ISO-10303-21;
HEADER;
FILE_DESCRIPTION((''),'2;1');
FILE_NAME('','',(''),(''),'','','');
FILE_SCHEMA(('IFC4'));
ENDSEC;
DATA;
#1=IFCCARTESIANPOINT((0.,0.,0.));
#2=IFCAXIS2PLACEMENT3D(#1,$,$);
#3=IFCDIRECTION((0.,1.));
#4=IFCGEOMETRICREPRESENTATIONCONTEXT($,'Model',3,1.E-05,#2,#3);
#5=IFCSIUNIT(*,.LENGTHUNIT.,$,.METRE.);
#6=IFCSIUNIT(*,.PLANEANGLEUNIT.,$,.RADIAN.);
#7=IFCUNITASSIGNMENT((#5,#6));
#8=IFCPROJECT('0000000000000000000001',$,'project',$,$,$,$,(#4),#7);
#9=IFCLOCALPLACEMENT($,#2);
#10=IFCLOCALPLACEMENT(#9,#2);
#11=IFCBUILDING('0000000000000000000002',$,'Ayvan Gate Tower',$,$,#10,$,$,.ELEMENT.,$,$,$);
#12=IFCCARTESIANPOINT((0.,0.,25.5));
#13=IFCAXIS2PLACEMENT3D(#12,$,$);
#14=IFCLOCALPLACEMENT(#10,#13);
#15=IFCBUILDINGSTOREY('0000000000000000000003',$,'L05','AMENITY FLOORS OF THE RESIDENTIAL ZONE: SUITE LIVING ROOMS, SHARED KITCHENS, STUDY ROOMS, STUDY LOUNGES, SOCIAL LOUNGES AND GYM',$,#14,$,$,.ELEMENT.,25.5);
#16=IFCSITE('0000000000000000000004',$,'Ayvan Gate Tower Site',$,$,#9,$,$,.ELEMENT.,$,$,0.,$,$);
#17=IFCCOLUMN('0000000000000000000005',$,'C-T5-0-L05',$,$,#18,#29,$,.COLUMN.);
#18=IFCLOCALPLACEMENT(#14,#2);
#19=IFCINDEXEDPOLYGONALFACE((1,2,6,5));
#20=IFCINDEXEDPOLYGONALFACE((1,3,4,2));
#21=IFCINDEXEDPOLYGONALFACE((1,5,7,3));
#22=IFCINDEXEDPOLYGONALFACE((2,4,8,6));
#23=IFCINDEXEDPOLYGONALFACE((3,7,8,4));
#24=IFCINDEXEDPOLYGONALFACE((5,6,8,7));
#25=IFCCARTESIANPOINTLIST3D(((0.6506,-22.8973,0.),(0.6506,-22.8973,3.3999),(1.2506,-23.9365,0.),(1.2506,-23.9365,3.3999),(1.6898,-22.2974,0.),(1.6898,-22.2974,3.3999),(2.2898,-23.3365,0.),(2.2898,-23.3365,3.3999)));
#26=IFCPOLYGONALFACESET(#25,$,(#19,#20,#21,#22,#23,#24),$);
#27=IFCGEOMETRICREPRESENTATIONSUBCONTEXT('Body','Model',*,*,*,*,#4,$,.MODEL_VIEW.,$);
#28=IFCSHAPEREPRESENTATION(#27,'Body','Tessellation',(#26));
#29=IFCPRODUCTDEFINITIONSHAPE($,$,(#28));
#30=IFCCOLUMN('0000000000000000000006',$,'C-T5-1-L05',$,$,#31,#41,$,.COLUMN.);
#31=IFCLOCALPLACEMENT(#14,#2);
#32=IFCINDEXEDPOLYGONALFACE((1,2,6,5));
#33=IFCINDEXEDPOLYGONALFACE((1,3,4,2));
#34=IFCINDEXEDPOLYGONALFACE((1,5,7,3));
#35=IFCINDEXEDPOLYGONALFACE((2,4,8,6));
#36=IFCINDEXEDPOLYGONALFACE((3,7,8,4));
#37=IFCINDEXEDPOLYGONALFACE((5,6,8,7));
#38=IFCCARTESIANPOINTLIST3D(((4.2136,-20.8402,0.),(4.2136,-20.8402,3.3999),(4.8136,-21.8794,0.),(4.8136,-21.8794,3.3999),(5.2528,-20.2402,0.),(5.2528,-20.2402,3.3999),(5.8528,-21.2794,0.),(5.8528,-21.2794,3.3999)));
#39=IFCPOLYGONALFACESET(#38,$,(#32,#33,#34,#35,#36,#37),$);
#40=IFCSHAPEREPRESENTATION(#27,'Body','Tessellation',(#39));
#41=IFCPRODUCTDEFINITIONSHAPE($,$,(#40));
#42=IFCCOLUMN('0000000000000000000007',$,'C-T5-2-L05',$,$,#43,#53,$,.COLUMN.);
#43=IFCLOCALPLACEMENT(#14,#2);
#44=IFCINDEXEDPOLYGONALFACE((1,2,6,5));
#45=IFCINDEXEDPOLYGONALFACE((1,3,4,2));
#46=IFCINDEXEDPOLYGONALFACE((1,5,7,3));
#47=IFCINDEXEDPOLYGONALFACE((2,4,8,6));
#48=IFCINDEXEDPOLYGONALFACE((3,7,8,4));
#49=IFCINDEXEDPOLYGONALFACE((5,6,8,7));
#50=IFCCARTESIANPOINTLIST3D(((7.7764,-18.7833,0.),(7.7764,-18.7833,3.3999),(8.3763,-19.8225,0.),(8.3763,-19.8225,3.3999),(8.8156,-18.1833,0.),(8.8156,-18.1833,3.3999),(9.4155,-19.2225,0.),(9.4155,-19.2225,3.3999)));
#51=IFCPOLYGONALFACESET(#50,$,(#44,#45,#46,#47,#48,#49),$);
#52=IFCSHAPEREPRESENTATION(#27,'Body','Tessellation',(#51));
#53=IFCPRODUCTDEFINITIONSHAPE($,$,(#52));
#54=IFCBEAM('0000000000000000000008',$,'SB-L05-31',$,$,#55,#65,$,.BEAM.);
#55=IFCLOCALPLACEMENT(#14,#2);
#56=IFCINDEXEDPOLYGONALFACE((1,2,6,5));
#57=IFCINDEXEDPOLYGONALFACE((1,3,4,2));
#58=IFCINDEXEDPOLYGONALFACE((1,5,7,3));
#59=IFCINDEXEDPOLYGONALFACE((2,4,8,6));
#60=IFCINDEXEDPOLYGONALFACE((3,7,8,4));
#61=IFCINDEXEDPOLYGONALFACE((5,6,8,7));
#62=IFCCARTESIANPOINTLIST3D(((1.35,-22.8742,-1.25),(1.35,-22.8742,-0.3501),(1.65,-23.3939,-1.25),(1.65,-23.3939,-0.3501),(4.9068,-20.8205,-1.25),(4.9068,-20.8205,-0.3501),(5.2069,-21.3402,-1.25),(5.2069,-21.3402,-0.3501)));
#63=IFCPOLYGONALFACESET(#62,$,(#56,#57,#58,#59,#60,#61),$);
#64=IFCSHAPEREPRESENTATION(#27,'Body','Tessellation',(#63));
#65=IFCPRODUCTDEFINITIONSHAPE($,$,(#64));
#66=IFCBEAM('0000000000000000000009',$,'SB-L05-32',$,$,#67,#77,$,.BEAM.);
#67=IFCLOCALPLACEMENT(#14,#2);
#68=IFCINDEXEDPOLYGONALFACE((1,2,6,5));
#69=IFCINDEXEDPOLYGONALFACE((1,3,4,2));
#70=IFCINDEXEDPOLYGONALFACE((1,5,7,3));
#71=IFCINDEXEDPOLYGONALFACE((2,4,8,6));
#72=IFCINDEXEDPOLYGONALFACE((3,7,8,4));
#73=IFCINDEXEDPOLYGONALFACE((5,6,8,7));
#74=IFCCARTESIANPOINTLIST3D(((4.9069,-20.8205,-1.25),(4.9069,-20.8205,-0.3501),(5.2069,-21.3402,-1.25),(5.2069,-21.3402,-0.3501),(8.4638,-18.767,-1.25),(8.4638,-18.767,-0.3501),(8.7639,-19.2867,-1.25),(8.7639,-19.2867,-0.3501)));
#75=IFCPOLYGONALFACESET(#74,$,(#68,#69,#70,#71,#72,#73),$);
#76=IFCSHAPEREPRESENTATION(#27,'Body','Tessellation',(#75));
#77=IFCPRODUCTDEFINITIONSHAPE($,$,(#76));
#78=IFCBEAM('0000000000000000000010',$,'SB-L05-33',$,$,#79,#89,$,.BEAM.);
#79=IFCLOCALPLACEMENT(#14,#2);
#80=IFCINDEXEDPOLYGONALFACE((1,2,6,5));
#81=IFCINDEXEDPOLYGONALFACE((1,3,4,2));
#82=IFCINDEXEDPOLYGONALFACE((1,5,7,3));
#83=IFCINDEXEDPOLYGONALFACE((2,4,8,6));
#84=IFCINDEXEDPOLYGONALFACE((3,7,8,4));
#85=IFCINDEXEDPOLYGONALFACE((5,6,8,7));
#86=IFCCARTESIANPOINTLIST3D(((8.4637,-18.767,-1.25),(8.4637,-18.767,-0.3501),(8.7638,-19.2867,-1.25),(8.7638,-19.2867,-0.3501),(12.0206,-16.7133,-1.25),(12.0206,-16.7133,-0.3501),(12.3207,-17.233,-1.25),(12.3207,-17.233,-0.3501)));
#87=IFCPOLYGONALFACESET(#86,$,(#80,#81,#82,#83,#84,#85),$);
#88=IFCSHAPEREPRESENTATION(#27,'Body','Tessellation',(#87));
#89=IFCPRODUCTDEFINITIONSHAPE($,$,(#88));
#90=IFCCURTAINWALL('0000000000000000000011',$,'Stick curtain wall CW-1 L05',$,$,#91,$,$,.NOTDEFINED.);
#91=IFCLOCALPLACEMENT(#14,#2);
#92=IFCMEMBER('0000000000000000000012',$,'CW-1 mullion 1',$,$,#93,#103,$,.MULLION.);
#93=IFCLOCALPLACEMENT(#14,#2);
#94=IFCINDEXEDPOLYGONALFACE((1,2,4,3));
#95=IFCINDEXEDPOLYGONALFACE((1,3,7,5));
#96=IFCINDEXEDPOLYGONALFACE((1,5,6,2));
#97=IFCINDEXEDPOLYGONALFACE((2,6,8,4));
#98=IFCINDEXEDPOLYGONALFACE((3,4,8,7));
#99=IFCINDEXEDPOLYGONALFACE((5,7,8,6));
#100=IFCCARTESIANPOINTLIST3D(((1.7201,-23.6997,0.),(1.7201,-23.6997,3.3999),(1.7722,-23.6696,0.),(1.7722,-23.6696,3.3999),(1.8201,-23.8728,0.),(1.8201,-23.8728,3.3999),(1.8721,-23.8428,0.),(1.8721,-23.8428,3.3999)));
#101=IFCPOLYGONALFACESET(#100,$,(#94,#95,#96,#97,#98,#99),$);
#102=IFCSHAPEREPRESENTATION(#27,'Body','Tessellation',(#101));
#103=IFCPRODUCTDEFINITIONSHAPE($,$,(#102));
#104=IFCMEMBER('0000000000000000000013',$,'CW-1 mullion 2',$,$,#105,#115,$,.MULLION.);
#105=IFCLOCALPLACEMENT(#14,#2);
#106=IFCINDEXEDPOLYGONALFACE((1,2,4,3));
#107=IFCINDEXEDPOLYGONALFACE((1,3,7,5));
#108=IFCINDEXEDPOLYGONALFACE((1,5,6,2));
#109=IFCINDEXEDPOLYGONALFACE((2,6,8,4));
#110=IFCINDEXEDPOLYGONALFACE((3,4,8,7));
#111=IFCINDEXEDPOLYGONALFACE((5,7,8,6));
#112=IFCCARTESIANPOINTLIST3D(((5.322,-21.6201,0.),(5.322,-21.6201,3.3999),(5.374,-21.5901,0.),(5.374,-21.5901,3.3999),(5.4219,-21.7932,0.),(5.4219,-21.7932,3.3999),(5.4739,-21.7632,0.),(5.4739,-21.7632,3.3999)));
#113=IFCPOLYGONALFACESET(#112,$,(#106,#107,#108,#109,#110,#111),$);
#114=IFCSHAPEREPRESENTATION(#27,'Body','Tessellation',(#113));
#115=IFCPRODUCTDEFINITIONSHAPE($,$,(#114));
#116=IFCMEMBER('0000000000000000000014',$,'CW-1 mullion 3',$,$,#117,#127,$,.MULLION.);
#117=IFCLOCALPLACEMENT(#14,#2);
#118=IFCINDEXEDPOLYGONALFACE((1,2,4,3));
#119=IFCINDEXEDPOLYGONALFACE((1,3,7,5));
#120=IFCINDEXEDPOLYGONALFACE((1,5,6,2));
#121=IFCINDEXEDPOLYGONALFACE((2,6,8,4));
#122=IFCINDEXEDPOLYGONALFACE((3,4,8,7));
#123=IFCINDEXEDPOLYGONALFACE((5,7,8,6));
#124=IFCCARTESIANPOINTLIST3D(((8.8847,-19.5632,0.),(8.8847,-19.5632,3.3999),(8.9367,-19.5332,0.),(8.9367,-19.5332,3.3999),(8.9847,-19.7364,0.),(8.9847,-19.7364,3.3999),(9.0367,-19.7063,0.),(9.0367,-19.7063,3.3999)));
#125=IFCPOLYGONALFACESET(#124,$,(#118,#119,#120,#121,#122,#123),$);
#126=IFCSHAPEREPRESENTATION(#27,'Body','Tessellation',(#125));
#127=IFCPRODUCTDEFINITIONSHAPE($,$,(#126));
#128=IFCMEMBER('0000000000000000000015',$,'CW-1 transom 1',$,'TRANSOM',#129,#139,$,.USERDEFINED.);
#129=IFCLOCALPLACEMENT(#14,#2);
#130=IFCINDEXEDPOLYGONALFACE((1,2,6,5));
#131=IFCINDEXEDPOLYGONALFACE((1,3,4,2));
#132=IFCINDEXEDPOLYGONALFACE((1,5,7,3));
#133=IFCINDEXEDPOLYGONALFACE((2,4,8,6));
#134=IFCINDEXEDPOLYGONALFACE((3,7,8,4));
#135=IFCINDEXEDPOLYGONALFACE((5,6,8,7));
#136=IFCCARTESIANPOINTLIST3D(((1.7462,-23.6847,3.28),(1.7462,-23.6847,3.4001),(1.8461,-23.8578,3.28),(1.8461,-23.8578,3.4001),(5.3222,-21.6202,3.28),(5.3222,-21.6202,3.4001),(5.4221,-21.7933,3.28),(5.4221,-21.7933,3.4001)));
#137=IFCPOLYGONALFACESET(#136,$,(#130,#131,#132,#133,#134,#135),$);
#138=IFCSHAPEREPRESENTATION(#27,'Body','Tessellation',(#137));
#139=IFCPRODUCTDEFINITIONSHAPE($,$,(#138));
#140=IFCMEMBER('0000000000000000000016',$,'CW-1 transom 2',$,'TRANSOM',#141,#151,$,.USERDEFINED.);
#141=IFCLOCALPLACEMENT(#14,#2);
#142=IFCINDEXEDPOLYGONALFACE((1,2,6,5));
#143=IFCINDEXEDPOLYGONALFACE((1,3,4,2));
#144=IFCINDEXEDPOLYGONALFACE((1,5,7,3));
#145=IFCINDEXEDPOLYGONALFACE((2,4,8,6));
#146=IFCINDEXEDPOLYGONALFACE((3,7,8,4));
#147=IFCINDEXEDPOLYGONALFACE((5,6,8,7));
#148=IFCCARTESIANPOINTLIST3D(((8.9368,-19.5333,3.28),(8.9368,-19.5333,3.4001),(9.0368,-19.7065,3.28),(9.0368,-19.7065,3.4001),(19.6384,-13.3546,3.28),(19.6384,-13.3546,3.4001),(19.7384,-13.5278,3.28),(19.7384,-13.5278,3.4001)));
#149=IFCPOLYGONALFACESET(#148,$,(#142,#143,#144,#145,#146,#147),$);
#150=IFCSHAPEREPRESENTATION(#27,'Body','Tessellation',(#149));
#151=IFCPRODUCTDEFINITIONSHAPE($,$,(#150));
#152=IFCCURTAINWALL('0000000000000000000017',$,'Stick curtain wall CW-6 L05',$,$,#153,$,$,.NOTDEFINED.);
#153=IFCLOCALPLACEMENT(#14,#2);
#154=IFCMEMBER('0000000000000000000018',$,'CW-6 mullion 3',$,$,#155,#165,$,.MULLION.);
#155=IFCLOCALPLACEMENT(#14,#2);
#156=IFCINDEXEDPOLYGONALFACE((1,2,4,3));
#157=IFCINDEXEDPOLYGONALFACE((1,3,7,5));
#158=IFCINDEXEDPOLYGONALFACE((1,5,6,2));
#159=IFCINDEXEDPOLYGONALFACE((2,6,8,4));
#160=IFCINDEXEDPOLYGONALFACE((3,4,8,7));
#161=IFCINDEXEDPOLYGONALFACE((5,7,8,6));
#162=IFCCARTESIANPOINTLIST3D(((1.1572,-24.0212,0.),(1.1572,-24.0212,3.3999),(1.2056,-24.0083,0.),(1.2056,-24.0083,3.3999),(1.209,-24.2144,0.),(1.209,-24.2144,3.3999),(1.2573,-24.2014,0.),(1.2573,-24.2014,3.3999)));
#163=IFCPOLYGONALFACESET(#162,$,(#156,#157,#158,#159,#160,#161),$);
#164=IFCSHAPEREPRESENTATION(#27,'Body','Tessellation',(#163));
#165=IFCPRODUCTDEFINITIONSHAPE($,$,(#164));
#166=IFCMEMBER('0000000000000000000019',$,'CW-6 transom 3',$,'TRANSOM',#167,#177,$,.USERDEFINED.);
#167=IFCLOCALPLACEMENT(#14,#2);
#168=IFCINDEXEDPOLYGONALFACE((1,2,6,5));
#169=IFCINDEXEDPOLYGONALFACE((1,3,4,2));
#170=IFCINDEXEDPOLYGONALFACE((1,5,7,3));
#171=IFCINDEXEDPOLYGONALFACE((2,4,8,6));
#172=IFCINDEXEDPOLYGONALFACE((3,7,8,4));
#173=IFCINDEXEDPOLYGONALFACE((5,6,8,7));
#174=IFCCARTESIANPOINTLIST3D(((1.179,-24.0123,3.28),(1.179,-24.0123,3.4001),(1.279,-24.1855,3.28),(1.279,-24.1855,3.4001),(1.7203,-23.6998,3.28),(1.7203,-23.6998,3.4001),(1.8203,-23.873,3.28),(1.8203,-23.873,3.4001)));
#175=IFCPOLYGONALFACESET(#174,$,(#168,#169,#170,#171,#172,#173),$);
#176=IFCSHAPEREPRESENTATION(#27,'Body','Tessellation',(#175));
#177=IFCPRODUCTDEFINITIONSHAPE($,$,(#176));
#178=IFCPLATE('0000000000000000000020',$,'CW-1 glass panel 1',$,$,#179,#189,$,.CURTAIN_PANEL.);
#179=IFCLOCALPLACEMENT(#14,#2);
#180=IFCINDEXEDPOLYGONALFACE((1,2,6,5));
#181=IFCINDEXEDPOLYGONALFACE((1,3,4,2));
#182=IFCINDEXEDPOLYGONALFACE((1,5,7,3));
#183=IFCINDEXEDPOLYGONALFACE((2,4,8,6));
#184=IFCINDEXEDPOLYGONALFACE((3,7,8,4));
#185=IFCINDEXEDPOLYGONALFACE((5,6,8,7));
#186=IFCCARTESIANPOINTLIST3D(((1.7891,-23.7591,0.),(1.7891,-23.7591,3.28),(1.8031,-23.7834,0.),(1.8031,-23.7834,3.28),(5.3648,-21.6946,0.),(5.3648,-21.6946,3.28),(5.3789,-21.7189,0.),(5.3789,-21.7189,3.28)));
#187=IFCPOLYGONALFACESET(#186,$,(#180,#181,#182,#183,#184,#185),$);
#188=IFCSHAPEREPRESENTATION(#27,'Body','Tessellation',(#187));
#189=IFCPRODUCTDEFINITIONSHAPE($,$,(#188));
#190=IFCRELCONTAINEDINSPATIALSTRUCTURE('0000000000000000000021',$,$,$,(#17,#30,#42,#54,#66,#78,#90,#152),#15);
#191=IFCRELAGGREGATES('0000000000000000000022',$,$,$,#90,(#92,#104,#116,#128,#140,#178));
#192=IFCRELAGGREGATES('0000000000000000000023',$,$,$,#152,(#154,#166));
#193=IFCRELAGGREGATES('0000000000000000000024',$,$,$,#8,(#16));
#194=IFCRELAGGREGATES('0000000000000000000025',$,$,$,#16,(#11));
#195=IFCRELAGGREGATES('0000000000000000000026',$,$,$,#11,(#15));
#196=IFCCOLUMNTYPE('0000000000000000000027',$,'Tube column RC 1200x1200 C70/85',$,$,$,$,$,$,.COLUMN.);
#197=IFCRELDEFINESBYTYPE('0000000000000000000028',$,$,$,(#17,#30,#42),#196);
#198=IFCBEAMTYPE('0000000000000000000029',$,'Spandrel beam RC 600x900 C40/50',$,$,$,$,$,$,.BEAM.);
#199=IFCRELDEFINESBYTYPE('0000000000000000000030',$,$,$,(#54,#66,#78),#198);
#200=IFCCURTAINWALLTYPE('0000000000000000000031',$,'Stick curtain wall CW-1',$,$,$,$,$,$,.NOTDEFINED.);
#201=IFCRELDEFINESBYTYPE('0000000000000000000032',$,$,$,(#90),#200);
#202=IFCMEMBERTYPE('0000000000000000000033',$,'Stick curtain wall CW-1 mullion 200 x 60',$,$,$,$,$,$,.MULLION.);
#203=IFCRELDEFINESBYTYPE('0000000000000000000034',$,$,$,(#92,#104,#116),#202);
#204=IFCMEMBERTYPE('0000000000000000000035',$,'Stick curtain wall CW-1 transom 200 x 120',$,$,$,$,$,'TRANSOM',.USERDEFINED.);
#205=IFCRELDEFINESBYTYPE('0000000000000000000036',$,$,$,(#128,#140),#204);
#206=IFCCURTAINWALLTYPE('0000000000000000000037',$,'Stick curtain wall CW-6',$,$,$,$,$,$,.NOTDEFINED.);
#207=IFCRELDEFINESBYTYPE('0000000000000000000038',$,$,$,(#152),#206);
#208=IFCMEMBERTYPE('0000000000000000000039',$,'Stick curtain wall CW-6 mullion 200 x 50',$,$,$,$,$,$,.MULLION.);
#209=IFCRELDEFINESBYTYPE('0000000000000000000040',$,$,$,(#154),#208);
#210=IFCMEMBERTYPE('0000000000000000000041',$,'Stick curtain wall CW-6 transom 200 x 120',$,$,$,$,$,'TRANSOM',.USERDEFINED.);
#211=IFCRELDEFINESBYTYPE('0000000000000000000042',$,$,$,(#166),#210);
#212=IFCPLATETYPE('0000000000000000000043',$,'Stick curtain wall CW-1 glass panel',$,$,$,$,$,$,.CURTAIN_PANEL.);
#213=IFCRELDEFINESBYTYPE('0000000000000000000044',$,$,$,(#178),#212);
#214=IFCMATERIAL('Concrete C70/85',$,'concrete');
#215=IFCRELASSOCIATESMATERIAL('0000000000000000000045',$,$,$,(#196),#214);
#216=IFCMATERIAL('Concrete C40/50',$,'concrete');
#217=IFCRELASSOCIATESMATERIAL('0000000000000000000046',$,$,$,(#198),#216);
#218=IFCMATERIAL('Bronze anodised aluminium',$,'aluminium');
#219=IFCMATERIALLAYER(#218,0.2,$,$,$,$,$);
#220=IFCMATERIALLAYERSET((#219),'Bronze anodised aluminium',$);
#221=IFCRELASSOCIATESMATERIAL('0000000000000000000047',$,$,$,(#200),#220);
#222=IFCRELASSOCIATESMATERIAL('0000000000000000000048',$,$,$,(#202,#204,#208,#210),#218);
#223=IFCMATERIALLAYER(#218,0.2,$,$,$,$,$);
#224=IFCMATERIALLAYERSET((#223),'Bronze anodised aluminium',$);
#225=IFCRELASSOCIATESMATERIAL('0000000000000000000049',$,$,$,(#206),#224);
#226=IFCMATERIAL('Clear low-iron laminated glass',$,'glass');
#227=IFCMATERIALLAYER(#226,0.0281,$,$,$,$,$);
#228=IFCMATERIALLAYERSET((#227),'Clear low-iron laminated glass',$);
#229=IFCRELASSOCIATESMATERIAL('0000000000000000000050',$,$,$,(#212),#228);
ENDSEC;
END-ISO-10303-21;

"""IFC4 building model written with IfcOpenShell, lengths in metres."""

from ifc_helpers import new_model, si_unit, direction, frame, origin, origin_2d, place, context, subcontext, project, spatial, rectangle, extrude, material, layer, layer_set, material_profile, profile_set, type_object, element, aggregate, save


model = new_model("IFC4")

# Units and contexts
model_context = context("Model", 3, precision=1e-05, world=origin(), true_north=direction((0.0, 1.0)))
body_context = subcontext(model_context, "Body", "Model", "MODEL_VIEW")
ifc_project = project(units=[si_unit("LENGTHUNIT", "METRE"), si_unit("PLANEANGLEUNIT", "RADIAN")], contexts=[model_context])

# Site, building, storey
site_placement = place(None, origin())
site = spatial("IfcSite", under=ifc_project, at=site_placement, Name="Ayvan Gate Tower Site", CompositionType="ELEMENT", RefElevation=0.0)
building_placement = place(site_placement, origin())
building = spatial("IfcBuilding", under=site, at=building_placement, Name="Ayvan Gate Tower", CompositionType="ELEMENT")
storey_placement = place(building_placement, frame((0.0, 0.0, 25.5)))
storey = spatial("IfcBuildingStorey", under=building, at=storey_placement, Name="L05", Description="AMENITY FLOORS OF THE RESIDENTIAL ZONE: SUITE LIVING ROOMS, SHARED KITCHENS, STUDY ROOMS, STUDY LOUNGES, SOCIAL LOUNGES AND GYM", CompositionType="ELEMENT", Elevation=25.5)

# Columns
ifc_material_1 = material(Name="Concrete C70/85", Category="concrete")
ifc_material_profile_1 = material_profile(ifc_material_1, rectangle(XDim=1.2, YDim=1.2, at=origin_2d()), Name="RC 1200x1200")
ifc_profile_set_1 = profile_set([ifc_material_profile_1], Name="Concrete C70/85")
column_type = type_object("IfcColumnType", Name="Tube column RC 1200x1200 C70/85", PredefinedType="COLUMN", material=ifc_profile_set_1)
for number, where, z_axis, x_axis, name in (
    (1, (1.4702, -23.1169, 0.0), (0.0, 0.0, 1.0), (0.5, -0.866025, 0.0), "C-T5-0-L05"),
    (2, (5.0332, -21.0598, 0.0), (0.0, 0.0, 1.0), (0.5, -0.866025, 0.0), "C-T5-1-L05"),
    (3, (8.5959, -19.0029, 0.0), (0.0, 0.0, 1.0), (0.5, -0.866025, 0.0), "C-T5-2-L05"),
):
    element("IfcColumn", number, at=place(storey_placement, frame(where, z_axis=z_axis, x_axis=x_axis)), inside=storey, type_object=column_type, Name=name, PredefinedType="COLUMN", context=body_context, shape_type="SweptSolid", body=[
        extrude(rectangle(XDim=1.2, YDim=1.2, at=origin_2d()), origin(), (0.0, 0.0, 1.0), 3.3999),
    ])

# Beams
ifc_material_2 = material(Name="Concrete C40/50", Category="concrete")
ifc_material_profile_2 = material_profile(ifc_material_2, rectangle(XDim=0.6001, YDim=0.8999, at=origin_2d()), Name="RC 600x900")
ifc_profile_set_2 = profile_set([ifc_material_profile_2], Name="Concrete C40/50")
beam_type = type_object("IfcBeamType", Name="Spandrel beam RC 600x900 C40/50", PredefinedType="BEAM", material=ifc_profile_set_2)
for number, where, z_axis, x_axis, name in (
    (4, (1.5, -23.134, -0.8), (0.86601, 0.500026, 0.0), (-0.500026, 0.86601, 0.0), "SB-L05-31"),
    (5, (5.0569, -21.0803, -0.8), (0.866036, 0.499981, 0.0), (-0.499981, 0.866036, 0.0), "SB-L05-32"),
    (6, (8.6138, -19.0269, -0.8), (0.86601, 0.500026, 0.0), (-0.500026, 0.86601, 0.0), "SB-L05-33"),
):
    element("IfcBeam", number, at=place(storey_placement, frame(where, z_axis=z_axis, x_axis=x_axis)), inside=storey, type_object=beam_type, Name=name, PredefinedType="BEAM", context=body_context, shape_type="SweptSolid", body=[
        extrude(rectangle(XDim=0.6001, YDim=0.8999, at=origin_2d()), origin(), (0.0, 0.0, 1.0), 4.1072),
    ])

# Curtain walls, members
ifc_material_3 = material(Name="Bronze anodised aluminium", Category="aluminium")
ifc_layer_1 = layer(ifc_material_3, 0.2)
ifc_layer_set_1 = layer_set([ifc_layer_1], Name="Bronze anodised aluminium")
curtain_wall_type_1 = type_object("IfcCurtainWallType", Name="Stick curtain wall CW-1", PredefinedType="NOTDEFINED", material=ifc_layer_set_1)
curtain_wall_1_placement = place(storey_placement, origin())
curtain_wall_1 = element("IfcCurtainWall", 7, at=curtain_wall_1_placement, inside=storey, type_object=curtain_wall_type_1, Name="Stick curtain wall CW-1 L05", PredefinedType="NOTDEFINED")
ifc_material_profile_3 = material_profile(ifc_material_3, rectangle(XDim=0.2, YDim=0.0601, at=origin_2d()), Name="Stick curtain wall CW-1 mullion 200 x 60")
ifc_profile_set_3 = profile_set([ifc_material_profile_3], Name="Bronze anodised aluminium")
member_type_1 = type_object("IfcMemberType", Name="Stick curtain wall CW-1 mullion 200 x 60", PredefinedType="MULLION", material=ifc_profile_set_3)
member_1_placement = place(storey_placement, frame((1.7961, -23.7712, 0.0), z_axis=(0.0, 0.0, 1.0), x_axis=(0.5, -0.866025, 0.0)))
member_1 = element("IfcMember", 8, at=member_1_placement, type_object=member_type_1, Name="CW-1 mullion 1", PredefinedType="MULLION", context=body_context, shape_type="SweptSolid", body=[
    extrude(rectangle(XDim=0.2, YDim=0.0601, at=origin_2d()), origin(), (0.0, 0.0, 1.0), 3.3999),
])
member_2_placement = place(storey_placement, frame((5.3979, -21.6917, 0.0), z_axis=(0.0, 0.0, 1.0), x_axis=(0.5, -0.866025, 0.0)))
member_2 = element("IfcMember", 9, at=member_2_placement, type_object=member_type_1, Name="CW-1 mullion 2", PredefinedType="MULLION", context=body_context, shape_type="SweptSolid", body=[
    extrude(rectangle(XDim=0.2, YDim=0.0601, at=origin_2d()), origin(), (0.0, 0.0, 1.0), 3.3999),
])
member_3_placement = place(storey_placement, frame((8.9607, -19.6348, 0.0), z_axis=(0.0, 0.0, 1.0), x_axis=(0.5, -0.866025, 0.0)))
member_3 = element("IfcMember", 10, at=member_3_placement, type_object=member_type_1, Name="CW-1 mullion 3", PredefinedType="MULLION", context=body_context, shape_type="SweptSolid", body=[
    extrude(rectangle(XDim=0.2, YDim=0.0601, at=origin_2d()), origin(), (0.0, 0.0, 1.0), 3.3999),
])
ifc_material_profile_4 = material_profile(ifc_material_3, rectangle(XDim=0.2, YDim=0.1201, at=origin_2d()), Name="Stick curtain wall CW-1 transom 200 x 120")
ifc_profile_set_4 = profile_set([ifc_material_profile_4], Name="Bronze anodised aluminium")
member_type_2 = type_object("IfcMemberType", Name="Stick curtain wall CW-1 transom 200 x 120", ElementType="TRANSOM", PredefinedType="USERDEFINED", material=ifc_profile_set_4)
member_4_placement = place(storey_placement, frame((1.7961, -23.7712, 3.3401), z_axis=(0.866037, 0.49998, 0.0), x_axis=(-0.49998, 0.866037, 0.0)))
member_4 = element("IfcMember", 11, at=member_4_placement, type_object=member_type_2, Name="CW-1 transom 1", ObjectType="TRANSOM", PredefinedType="USERDEFINED", context=body_context, shape_type="SweptSolid", body=[
    extrude(rectangle(XDim=0.2, YDim=0.1201, at=origin_2d()), origin(), (0.0, 0.0, 1.0), 4.1292),
])
member_5_placement = place(storey_placement, frame((8.9868, -19.6199, 3.3401), z_axis=(0.866022, 0.500006, 0.0), x_axis=(-0.500006, 0.866022, 0.0)))
member_5 = element("IfcMember", 12, at=member_5_placement, type_object=member_type_2, Name="CW-1 transom 2", ObjectType="TRANSOM", PredefinedType="USERDEFINED", context=body_context, shape_type="SweptSolid", body=[
    extrude(rectangle(XDim=0.2, YDim=0.1201, at=origin_2d()), origin(), (0.0, 0.0, 1.0), 12.3572),
])
ifc_layer_2 = layer(ifc_material_3, 0.2)
ifc_layer_set_2 = layer_set([ifc_layer_2], Name="Bronze anodised aluminium")
curtain_wall_type_2 = type_object("IfcCurtainWallType", Name="Stick curtain wall CW-6", PredefinedType="NOTDEFINED", material=ifc_layer_set_2)
curtain_wall_2_placement = place(storey_placement, origin())
curtain_wall_2 = element("IfcCurtainWall", 13, at=curtain_wall_2_placement, inside=storey, type_object=curtain_wall_type_2, Name="Stick curtain wall CW-6 L05", PredefinedType="NOTDEFINED")
ifc_material_profile_5 = material_profile(ifc_material_3, rectangle(XDim=0.2, YDim=0.05, at=origin_2d()), Name="Stick curtain wall CW-6 mullion 200 x 50")
ifc_profile_set_5 = profile_set([ifc_material_profile_5], Name="Bronze anodised aluminium")
member_type_3 = type_object("IfcMemberType", Name="Stick curtain wall CW-6 mullion 200 x 50", PredefinedType="MULLION", material=ifc_profile_set_5)
member_6_placement = place(storey_placement, frame((1.2073, -24.1113, 0.0), z_axis=(0.0, 0.0, 1.0), x_axis=(0.258819, -0.965926, 0.0)))
member_6 = element("IfcMember", 14, at=member_6_placement, type_object=member_type_3, Name="CW-6 mullion 3", PredefinedType="MULLION", context=body_context, shape_type="SweptSolid", body=[
    extrude(rectangle(XDim=0.2, YDim=0.05, at=origin_2d()), origin(), (0.0, 0.0, 1.0), 3.3999),
])
ifc_material_profile_6 = material_profile(ifc_material_3, rectangle(XDim=0.2, YDim=0.1201, at=origin_2d()), Name="Stick curtain wall CW-6 transom 200 x 120")
ifc_profile_set_6 = profile_set([ifc_material_profile_6], Name="Bronze anodised aluminium")
member_type_4 = type_object("IfcMemberType", Name="Stick curtain wall CW-6 transom 200 x 120", ElementType="TRANSOM", PredefinedType="USERDEFINED", material=ifc_profile_set_6)
member_7_placement = place(storey_placement, frame((1.229, -24.0989, 3.3401), z_axis=(0.866023, 0.500004, 0.0), x_axis=(-0.500004, 0.866023, 0.0)))
member_7 = element("IfcMember", 15, at=member_7_placement, type_object=member_type_4, Name="CW-6 transom 3", ObjectType="TRANSOM", PredefinedType="USERDEFINED", context=body_context, shape_type="SweptSolid", body=[
    extrude(rectangle(XDim=0.2, YDim=0.1201, at=origin_2d()), origin(), (0.0, 0.0, 1.0), 0.625),
])

# Plate
ifc_material_4 = material(Name="Clear low-iron laminated glass", Category="glass")
ifc_layer_3 = layer(ifc_material_4, 0.0281)
ifc_layer_set_3 = layer_set([ifc_layer_3], Name="Clear low-iron laminated glass")
plate_type_1 = type_object("IfcPlateType", Name="Stick curtain wall CW-1 glass panel", PredefinedType="CURTAIN_PANEL", material=ifc_layer_set_3)
plate_1_placement = place(storey_placement, frame((3.584, -22.739, 0.0), z_axis=(0.0, 0.0, 1.0), x_axis=(0.866025, 0.5, 0.0)))
plate_1 = element("IfcPlate", 16, at=plate_1_placement, type_object=plate_type_1, Name="CW-1 glass panel 1", PredefinedType="CURTAIN_PANEL", context=body_context, shape_type="SweptSolid", body=[
    extrude(rectangle(XDim=4.1289, YDim=0.0281, at=origin_2d()), origin(), (0.0, 0.0, 1.0), 3.28),
])
aggregate(curtain_wall_1, [member_1, member_2, member_3, member_4, member_5, plate_1])
aggregate(curtain_wall_2, [member_6, member_7])

save(model, "model.ifc")
